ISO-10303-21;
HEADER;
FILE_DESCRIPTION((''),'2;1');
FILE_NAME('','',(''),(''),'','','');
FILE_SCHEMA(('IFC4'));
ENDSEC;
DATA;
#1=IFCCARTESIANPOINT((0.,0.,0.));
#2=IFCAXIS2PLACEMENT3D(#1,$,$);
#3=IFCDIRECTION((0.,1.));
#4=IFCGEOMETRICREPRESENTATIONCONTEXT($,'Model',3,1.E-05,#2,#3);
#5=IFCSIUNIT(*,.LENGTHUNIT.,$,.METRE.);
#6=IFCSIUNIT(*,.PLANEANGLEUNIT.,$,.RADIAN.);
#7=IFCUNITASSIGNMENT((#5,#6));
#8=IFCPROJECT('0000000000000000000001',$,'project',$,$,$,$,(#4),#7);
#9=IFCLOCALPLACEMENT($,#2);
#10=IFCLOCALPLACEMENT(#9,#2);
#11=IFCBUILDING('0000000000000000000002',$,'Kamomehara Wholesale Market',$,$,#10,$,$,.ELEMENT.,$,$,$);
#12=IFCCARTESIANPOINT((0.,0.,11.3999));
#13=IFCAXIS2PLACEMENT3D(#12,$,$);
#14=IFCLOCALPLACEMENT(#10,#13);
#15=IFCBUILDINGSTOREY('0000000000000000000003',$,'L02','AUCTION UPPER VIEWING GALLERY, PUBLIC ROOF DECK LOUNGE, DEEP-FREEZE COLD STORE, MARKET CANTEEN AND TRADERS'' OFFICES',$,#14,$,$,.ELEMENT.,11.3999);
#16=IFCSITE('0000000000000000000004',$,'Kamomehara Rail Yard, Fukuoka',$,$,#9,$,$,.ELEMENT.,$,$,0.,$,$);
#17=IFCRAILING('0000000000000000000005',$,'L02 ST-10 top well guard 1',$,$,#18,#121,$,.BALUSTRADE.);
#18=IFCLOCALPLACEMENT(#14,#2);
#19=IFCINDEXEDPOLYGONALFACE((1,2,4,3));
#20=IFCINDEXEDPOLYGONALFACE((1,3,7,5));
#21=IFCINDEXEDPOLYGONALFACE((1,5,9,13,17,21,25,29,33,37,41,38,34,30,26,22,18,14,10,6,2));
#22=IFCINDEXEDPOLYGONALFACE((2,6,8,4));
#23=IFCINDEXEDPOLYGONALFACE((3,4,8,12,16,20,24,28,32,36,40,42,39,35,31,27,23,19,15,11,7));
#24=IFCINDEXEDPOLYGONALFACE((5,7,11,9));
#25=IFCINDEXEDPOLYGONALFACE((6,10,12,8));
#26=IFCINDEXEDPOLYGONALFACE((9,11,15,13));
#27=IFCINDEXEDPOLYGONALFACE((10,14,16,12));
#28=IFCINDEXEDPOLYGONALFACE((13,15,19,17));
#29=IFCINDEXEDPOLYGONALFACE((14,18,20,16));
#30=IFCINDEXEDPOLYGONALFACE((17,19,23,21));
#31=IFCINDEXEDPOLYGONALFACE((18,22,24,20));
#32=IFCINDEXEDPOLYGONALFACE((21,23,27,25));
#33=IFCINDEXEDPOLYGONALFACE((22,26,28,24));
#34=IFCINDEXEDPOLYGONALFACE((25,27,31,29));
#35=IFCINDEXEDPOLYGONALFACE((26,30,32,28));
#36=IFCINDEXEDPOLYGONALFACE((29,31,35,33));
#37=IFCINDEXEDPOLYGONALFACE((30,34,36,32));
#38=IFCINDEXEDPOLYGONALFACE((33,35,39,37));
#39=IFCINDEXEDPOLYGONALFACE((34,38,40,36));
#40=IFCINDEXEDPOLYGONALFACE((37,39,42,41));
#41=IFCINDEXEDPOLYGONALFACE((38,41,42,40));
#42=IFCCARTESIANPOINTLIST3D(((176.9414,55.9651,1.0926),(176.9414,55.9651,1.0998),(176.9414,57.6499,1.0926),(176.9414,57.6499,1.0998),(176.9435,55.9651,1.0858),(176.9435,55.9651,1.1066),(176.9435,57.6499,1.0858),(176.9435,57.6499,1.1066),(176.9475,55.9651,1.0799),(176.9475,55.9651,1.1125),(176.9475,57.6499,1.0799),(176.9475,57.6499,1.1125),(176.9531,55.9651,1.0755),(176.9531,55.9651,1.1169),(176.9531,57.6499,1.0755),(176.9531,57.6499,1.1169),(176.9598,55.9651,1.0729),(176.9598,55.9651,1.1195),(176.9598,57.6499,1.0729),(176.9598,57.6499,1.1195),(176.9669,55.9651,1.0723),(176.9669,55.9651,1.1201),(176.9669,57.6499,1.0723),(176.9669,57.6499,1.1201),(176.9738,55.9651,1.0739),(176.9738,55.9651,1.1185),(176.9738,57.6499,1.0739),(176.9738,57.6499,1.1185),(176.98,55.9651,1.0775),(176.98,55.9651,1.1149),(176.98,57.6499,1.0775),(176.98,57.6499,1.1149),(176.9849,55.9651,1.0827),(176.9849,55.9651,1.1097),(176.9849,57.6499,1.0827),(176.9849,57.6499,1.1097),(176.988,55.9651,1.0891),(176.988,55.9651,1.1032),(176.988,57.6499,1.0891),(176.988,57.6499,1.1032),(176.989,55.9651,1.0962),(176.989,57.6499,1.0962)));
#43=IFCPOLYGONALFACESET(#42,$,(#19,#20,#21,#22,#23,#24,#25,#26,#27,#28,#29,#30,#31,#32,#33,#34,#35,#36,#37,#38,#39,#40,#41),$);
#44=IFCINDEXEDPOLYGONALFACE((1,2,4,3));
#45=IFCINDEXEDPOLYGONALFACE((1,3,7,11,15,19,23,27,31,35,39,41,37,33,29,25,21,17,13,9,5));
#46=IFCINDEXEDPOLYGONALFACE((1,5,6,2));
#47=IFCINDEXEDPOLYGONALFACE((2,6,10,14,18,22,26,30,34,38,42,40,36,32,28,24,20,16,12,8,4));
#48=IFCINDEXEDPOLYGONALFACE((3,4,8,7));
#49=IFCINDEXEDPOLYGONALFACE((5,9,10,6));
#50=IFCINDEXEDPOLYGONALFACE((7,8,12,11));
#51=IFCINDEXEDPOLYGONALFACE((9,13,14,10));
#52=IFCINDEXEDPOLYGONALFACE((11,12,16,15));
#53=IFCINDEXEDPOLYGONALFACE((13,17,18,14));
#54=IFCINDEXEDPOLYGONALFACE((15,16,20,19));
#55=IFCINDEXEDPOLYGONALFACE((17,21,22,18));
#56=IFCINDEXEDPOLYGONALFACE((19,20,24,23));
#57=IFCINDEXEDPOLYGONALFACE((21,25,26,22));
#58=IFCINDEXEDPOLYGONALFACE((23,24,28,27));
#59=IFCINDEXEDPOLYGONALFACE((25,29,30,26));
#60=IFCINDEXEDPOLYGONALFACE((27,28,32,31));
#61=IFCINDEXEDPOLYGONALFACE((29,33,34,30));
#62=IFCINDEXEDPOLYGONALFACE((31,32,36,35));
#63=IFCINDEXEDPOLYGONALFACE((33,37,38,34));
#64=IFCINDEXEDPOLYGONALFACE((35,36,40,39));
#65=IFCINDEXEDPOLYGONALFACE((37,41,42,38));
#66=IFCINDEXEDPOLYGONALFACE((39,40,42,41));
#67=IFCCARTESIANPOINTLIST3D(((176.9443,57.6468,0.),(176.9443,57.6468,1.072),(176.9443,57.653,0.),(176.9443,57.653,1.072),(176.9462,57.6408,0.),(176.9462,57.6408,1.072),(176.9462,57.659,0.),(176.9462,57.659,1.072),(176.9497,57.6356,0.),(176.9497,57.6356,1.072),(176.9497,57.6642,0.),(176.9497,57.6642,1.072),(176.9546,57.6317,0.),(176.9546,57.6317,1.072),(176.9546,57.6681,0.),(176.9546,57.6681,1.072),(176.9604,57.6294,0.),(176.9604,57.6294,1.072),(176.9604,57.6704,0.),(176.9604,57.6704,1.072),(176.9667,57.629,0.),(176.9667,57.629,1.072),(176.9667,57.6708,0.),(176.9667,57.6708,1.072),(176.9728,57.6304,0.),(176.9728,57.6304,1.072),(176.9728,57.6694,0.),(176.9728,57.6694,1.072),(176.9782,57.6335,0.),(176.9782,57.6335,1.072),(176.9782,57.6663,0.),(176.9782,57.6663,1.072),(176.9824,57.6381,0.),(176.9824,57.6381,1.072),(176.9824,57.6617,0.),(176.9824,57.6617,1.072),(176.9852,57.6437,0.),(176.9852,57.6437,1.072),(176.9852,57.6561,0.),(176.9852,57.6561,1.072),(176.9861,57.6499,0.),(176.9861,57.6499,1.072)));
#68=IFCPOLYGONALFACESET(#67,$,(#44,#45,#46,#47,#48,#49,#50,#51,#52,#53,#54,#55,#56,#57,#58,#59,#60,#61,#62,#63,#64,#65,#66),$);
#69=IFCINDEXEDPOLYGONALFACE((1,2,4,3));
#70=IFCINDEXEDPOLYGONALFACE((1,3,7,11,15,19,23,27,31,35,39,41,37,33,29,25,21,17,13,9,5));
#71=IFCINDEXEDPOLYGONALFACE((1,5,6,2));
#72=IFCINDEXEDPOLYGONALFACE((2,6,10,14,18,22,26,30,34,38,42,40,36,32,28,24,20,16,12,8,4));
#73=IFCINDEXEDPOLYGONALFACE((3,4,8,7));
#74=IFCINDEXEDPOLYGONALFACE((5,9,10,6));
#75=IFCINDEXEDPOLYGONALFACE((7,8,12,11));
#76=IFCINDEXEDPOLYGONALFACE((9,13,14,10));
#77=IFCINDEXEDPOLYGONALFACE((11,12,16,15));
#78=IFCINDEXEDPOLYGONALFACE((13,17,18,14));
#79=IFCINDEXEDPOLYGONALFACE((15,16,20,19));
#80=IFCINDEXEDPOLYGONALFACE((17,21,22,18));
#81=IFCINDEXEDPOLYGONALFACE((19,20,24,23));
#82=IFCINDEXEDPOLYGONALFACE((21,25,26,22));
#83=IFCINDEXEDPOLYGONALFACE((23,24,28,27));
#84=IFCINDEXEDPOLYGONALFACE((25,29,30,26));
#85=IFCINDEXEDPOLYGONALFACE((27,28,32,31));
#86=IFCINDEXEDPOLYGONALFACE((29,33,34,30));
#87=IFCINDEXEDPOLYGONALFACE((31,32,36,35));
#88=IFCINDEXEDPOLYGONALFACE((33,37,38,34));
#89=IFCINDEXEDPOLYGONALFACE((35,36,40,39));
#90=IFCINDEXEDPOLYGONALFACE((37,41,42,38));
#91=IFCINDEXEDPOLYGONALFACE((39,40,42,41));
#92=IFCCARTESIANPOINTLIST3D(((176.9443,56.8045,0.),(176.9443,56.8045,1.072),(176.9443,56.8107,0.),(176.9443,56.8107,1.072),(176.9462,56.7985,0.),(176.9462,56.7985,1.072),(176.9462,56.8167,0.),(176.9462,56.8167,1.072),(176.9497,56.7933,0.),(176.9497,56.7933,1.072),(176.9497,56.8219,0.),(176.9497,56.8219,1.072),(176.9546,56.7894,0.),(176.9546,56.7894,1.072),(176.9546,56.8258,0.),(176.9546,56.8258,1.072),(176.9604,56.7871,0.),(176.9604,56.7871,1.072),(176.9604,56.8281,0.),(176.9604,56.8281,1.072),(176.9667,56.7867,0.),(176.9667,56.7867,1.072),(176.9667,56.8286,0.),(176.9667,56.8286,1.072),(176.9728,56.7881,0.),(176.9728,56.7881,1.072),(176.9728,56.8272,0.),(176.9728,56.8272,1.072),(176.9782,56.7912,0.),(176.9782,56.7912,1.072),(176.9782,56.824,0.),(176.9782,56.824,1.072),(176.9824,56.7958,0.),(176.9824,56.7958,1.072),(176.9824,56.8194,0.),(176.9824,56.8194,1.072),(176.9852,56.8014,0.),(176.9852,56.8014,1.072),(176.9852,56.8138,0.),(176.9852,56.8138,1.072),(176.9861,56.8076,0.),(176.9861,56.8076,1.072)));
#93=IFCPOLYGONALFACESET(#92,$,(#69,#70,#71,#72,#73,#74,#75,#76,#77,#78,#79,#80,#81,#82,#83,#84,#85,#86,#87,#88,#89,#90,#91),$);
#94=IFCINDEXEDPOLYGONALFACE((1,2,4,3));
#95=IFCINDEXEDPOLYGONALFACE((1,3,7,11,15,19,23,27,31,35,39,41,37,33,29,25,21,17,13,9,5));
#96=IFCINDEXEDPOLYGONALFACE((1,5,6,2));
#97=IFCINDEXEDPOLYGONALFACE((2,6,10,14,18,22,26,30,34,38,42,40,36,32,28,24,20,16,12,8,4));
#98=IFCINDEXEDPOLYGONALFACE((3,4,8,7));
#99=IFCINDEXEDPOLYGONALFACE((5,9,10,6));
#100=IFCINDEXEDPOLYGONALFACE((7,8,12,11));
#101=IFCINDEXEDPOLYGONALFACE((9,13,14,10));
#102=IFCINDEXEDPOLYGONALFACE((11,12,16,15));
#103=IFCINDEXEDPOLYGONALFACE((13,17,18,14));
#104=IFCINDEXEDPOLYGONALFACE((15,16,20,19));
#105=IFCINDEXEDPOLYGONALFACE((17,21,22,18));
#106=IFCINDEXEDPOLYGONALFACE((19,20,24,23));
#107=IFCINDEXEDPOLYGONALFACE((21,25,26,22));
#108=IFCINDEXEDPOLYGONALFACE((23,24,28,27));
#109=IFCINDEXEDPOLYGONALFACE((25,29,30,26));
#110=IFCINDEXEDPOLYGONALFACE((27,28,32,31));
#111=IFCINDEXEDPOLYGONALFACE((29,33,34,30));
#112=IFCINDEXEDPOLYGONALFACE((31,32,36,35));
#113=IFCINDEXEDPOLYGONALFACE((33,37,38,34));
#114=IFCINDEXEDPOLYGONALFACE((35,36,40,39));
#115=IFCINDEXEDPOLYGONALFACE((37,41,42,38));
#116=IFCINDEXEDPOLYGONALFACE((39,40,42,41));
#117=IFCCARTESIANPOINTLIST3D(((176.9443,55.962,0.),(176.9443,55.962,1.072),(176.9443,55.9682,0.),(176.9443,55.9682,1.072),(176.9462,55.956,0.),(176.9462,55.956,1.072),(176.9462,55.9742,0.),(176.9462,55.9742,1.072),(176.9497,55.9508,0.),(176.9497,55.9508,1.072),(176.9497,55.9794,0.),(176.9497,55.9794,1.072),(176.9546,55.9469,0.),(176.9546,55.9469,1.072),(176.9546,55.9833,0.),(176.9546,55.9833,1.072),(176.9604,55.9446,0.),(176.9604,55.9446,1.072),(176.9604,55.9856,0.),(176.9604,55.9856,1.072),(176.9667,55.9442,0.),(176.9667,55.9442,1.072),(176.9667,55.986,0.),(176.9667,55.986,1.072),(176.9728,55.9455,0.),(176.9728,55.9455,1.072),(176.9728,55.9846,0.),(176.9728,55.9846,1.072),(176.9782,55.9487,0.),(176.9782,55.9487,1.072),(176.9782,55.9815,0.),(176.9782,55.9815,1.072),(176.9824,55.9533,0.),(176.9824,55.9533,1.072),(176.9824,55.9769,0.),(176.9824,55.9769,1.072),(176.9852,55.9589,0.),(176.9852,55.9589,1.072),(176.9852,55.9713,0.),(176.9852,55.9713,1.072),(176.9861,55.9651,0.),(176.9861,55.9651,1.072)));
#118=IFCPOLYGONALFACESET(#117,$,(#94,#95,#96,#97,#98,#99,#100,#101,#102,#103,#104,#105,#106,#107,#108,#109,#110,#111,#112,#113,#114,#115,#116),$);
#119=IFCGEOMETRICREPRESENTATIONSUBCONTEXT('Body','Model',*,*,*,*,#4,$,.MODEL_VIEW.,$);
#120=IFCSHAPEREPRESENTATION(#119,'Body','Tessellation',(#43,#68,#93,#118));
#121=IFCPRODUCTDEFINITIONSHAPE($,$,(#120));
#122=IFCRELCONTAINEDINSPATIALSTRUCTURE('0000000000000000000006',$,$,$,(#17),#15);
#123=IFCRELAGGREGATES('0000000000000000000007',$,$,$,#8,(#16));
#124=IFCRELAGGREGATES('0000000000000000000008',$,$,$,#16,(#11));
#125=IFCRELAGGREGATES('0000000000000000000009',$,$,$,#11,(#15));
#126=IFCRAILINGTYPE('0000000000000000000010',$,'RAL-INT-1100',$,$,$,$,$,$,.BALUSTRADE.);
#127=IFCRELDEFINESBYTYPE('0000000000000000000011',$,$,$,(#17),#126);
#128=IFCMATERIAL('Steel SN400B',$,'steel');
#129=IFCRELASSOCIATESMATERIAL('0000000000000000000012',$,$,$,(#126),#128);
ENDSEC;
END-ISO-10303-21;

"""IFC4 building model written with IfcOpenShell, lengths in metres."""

from ifc_helpers import new_model, si_unit, direction, frame, origin, origin_2d, place, context, subcontext, project, spatial, circle, extrude, material, type_object, element, save


model = new_model("IFC4")

# Units and contexts
model_context = context("Model", 3, precision=1e-05, world=origin(), true_north=direction((0.0, 1.0)))
body_context = subcontext(model_context, "Body", "Model", "MODEL_VIEW")
ifc_project = project(units=[si_unit("LENGTHUNIT", "METRE"), si_unit("PLANEANGLEUNIT", "RADIAN")], contexts=[model_context])

# Site, building, storey
site_placement = place(None, origin())
site = spatial("IfcSite", under=ifc_project, at=site_placement, Name="Kamomehara Rail Yard, Fukuoka", CompositionType="ELEMENT", RefElevation=0.0)
building_placement = place(site_placement, origin())
building = spatial("IfcBuilding", under=site, at=building_placement, Name="Kamomehara Wholesale Market", CompositionType="ELEMENT")
storey_placement = place(building_placement, frame((0.0, 0.0, 11.3999)))
storey = spatial("IfcBuildingStorey", under=building, at=storey_placement, Name="L02", Description="AUCTION UPPER VIEWING GALLERY, PUBLIC ROOF DECK LOUNGE, DEEP-FREEZE COLD STORE, MARKET CANTEEN AND TRADERS' OFFICES", CompositionType="ELEMENT", Elevation=11.3999)

# Railing
ifc_material_1 = material(Name="Steel SN400B", Category="steel")
railing_type = type_object("IfcRailingType", Name="RAL-INT-1100", PredefinedType="BALUSTRADE", material=ifc_material_1)
railing_1_placement = place(storey_placement, frame((176.9651, 57.6499, 0.0)))
element("IfcRailing", 1, at=railing_1_placement, inside=storey, type_object=railing_type, Name="L02 ST-10 top well guard 1", PredefinedType="BALUSTRADE", context=body_context, shape_type="SweptSolid", body=[
    extrude(circle(Radius=0.0239, at=origin_2d()), frame((0.0, 0.0, 1.0962), z_axis=(0.0, -1.0, 0.0), x_axis=(1.0, 0.0, 0.0)), (0.0, 0.0, 1.0), 1.6848),
    extrude(circle(Radius=0.021, at=origin_2d()), origin(), (0.0, 0.0, 1.0), 1.072),
    extrude(circle(Radius=0.021, at=origin_2d()), frame((0.0, -0.8423, 0.0)), (0.0, 0.0, 1.0), 1.072),
    extrude(circle(Radius=0.021, at=origin_2d()), frame((0.0, -1.6848, 0.0)), (0.0, 0.0, 1.0), 1.072),
])

save(model, "model.ifc")
